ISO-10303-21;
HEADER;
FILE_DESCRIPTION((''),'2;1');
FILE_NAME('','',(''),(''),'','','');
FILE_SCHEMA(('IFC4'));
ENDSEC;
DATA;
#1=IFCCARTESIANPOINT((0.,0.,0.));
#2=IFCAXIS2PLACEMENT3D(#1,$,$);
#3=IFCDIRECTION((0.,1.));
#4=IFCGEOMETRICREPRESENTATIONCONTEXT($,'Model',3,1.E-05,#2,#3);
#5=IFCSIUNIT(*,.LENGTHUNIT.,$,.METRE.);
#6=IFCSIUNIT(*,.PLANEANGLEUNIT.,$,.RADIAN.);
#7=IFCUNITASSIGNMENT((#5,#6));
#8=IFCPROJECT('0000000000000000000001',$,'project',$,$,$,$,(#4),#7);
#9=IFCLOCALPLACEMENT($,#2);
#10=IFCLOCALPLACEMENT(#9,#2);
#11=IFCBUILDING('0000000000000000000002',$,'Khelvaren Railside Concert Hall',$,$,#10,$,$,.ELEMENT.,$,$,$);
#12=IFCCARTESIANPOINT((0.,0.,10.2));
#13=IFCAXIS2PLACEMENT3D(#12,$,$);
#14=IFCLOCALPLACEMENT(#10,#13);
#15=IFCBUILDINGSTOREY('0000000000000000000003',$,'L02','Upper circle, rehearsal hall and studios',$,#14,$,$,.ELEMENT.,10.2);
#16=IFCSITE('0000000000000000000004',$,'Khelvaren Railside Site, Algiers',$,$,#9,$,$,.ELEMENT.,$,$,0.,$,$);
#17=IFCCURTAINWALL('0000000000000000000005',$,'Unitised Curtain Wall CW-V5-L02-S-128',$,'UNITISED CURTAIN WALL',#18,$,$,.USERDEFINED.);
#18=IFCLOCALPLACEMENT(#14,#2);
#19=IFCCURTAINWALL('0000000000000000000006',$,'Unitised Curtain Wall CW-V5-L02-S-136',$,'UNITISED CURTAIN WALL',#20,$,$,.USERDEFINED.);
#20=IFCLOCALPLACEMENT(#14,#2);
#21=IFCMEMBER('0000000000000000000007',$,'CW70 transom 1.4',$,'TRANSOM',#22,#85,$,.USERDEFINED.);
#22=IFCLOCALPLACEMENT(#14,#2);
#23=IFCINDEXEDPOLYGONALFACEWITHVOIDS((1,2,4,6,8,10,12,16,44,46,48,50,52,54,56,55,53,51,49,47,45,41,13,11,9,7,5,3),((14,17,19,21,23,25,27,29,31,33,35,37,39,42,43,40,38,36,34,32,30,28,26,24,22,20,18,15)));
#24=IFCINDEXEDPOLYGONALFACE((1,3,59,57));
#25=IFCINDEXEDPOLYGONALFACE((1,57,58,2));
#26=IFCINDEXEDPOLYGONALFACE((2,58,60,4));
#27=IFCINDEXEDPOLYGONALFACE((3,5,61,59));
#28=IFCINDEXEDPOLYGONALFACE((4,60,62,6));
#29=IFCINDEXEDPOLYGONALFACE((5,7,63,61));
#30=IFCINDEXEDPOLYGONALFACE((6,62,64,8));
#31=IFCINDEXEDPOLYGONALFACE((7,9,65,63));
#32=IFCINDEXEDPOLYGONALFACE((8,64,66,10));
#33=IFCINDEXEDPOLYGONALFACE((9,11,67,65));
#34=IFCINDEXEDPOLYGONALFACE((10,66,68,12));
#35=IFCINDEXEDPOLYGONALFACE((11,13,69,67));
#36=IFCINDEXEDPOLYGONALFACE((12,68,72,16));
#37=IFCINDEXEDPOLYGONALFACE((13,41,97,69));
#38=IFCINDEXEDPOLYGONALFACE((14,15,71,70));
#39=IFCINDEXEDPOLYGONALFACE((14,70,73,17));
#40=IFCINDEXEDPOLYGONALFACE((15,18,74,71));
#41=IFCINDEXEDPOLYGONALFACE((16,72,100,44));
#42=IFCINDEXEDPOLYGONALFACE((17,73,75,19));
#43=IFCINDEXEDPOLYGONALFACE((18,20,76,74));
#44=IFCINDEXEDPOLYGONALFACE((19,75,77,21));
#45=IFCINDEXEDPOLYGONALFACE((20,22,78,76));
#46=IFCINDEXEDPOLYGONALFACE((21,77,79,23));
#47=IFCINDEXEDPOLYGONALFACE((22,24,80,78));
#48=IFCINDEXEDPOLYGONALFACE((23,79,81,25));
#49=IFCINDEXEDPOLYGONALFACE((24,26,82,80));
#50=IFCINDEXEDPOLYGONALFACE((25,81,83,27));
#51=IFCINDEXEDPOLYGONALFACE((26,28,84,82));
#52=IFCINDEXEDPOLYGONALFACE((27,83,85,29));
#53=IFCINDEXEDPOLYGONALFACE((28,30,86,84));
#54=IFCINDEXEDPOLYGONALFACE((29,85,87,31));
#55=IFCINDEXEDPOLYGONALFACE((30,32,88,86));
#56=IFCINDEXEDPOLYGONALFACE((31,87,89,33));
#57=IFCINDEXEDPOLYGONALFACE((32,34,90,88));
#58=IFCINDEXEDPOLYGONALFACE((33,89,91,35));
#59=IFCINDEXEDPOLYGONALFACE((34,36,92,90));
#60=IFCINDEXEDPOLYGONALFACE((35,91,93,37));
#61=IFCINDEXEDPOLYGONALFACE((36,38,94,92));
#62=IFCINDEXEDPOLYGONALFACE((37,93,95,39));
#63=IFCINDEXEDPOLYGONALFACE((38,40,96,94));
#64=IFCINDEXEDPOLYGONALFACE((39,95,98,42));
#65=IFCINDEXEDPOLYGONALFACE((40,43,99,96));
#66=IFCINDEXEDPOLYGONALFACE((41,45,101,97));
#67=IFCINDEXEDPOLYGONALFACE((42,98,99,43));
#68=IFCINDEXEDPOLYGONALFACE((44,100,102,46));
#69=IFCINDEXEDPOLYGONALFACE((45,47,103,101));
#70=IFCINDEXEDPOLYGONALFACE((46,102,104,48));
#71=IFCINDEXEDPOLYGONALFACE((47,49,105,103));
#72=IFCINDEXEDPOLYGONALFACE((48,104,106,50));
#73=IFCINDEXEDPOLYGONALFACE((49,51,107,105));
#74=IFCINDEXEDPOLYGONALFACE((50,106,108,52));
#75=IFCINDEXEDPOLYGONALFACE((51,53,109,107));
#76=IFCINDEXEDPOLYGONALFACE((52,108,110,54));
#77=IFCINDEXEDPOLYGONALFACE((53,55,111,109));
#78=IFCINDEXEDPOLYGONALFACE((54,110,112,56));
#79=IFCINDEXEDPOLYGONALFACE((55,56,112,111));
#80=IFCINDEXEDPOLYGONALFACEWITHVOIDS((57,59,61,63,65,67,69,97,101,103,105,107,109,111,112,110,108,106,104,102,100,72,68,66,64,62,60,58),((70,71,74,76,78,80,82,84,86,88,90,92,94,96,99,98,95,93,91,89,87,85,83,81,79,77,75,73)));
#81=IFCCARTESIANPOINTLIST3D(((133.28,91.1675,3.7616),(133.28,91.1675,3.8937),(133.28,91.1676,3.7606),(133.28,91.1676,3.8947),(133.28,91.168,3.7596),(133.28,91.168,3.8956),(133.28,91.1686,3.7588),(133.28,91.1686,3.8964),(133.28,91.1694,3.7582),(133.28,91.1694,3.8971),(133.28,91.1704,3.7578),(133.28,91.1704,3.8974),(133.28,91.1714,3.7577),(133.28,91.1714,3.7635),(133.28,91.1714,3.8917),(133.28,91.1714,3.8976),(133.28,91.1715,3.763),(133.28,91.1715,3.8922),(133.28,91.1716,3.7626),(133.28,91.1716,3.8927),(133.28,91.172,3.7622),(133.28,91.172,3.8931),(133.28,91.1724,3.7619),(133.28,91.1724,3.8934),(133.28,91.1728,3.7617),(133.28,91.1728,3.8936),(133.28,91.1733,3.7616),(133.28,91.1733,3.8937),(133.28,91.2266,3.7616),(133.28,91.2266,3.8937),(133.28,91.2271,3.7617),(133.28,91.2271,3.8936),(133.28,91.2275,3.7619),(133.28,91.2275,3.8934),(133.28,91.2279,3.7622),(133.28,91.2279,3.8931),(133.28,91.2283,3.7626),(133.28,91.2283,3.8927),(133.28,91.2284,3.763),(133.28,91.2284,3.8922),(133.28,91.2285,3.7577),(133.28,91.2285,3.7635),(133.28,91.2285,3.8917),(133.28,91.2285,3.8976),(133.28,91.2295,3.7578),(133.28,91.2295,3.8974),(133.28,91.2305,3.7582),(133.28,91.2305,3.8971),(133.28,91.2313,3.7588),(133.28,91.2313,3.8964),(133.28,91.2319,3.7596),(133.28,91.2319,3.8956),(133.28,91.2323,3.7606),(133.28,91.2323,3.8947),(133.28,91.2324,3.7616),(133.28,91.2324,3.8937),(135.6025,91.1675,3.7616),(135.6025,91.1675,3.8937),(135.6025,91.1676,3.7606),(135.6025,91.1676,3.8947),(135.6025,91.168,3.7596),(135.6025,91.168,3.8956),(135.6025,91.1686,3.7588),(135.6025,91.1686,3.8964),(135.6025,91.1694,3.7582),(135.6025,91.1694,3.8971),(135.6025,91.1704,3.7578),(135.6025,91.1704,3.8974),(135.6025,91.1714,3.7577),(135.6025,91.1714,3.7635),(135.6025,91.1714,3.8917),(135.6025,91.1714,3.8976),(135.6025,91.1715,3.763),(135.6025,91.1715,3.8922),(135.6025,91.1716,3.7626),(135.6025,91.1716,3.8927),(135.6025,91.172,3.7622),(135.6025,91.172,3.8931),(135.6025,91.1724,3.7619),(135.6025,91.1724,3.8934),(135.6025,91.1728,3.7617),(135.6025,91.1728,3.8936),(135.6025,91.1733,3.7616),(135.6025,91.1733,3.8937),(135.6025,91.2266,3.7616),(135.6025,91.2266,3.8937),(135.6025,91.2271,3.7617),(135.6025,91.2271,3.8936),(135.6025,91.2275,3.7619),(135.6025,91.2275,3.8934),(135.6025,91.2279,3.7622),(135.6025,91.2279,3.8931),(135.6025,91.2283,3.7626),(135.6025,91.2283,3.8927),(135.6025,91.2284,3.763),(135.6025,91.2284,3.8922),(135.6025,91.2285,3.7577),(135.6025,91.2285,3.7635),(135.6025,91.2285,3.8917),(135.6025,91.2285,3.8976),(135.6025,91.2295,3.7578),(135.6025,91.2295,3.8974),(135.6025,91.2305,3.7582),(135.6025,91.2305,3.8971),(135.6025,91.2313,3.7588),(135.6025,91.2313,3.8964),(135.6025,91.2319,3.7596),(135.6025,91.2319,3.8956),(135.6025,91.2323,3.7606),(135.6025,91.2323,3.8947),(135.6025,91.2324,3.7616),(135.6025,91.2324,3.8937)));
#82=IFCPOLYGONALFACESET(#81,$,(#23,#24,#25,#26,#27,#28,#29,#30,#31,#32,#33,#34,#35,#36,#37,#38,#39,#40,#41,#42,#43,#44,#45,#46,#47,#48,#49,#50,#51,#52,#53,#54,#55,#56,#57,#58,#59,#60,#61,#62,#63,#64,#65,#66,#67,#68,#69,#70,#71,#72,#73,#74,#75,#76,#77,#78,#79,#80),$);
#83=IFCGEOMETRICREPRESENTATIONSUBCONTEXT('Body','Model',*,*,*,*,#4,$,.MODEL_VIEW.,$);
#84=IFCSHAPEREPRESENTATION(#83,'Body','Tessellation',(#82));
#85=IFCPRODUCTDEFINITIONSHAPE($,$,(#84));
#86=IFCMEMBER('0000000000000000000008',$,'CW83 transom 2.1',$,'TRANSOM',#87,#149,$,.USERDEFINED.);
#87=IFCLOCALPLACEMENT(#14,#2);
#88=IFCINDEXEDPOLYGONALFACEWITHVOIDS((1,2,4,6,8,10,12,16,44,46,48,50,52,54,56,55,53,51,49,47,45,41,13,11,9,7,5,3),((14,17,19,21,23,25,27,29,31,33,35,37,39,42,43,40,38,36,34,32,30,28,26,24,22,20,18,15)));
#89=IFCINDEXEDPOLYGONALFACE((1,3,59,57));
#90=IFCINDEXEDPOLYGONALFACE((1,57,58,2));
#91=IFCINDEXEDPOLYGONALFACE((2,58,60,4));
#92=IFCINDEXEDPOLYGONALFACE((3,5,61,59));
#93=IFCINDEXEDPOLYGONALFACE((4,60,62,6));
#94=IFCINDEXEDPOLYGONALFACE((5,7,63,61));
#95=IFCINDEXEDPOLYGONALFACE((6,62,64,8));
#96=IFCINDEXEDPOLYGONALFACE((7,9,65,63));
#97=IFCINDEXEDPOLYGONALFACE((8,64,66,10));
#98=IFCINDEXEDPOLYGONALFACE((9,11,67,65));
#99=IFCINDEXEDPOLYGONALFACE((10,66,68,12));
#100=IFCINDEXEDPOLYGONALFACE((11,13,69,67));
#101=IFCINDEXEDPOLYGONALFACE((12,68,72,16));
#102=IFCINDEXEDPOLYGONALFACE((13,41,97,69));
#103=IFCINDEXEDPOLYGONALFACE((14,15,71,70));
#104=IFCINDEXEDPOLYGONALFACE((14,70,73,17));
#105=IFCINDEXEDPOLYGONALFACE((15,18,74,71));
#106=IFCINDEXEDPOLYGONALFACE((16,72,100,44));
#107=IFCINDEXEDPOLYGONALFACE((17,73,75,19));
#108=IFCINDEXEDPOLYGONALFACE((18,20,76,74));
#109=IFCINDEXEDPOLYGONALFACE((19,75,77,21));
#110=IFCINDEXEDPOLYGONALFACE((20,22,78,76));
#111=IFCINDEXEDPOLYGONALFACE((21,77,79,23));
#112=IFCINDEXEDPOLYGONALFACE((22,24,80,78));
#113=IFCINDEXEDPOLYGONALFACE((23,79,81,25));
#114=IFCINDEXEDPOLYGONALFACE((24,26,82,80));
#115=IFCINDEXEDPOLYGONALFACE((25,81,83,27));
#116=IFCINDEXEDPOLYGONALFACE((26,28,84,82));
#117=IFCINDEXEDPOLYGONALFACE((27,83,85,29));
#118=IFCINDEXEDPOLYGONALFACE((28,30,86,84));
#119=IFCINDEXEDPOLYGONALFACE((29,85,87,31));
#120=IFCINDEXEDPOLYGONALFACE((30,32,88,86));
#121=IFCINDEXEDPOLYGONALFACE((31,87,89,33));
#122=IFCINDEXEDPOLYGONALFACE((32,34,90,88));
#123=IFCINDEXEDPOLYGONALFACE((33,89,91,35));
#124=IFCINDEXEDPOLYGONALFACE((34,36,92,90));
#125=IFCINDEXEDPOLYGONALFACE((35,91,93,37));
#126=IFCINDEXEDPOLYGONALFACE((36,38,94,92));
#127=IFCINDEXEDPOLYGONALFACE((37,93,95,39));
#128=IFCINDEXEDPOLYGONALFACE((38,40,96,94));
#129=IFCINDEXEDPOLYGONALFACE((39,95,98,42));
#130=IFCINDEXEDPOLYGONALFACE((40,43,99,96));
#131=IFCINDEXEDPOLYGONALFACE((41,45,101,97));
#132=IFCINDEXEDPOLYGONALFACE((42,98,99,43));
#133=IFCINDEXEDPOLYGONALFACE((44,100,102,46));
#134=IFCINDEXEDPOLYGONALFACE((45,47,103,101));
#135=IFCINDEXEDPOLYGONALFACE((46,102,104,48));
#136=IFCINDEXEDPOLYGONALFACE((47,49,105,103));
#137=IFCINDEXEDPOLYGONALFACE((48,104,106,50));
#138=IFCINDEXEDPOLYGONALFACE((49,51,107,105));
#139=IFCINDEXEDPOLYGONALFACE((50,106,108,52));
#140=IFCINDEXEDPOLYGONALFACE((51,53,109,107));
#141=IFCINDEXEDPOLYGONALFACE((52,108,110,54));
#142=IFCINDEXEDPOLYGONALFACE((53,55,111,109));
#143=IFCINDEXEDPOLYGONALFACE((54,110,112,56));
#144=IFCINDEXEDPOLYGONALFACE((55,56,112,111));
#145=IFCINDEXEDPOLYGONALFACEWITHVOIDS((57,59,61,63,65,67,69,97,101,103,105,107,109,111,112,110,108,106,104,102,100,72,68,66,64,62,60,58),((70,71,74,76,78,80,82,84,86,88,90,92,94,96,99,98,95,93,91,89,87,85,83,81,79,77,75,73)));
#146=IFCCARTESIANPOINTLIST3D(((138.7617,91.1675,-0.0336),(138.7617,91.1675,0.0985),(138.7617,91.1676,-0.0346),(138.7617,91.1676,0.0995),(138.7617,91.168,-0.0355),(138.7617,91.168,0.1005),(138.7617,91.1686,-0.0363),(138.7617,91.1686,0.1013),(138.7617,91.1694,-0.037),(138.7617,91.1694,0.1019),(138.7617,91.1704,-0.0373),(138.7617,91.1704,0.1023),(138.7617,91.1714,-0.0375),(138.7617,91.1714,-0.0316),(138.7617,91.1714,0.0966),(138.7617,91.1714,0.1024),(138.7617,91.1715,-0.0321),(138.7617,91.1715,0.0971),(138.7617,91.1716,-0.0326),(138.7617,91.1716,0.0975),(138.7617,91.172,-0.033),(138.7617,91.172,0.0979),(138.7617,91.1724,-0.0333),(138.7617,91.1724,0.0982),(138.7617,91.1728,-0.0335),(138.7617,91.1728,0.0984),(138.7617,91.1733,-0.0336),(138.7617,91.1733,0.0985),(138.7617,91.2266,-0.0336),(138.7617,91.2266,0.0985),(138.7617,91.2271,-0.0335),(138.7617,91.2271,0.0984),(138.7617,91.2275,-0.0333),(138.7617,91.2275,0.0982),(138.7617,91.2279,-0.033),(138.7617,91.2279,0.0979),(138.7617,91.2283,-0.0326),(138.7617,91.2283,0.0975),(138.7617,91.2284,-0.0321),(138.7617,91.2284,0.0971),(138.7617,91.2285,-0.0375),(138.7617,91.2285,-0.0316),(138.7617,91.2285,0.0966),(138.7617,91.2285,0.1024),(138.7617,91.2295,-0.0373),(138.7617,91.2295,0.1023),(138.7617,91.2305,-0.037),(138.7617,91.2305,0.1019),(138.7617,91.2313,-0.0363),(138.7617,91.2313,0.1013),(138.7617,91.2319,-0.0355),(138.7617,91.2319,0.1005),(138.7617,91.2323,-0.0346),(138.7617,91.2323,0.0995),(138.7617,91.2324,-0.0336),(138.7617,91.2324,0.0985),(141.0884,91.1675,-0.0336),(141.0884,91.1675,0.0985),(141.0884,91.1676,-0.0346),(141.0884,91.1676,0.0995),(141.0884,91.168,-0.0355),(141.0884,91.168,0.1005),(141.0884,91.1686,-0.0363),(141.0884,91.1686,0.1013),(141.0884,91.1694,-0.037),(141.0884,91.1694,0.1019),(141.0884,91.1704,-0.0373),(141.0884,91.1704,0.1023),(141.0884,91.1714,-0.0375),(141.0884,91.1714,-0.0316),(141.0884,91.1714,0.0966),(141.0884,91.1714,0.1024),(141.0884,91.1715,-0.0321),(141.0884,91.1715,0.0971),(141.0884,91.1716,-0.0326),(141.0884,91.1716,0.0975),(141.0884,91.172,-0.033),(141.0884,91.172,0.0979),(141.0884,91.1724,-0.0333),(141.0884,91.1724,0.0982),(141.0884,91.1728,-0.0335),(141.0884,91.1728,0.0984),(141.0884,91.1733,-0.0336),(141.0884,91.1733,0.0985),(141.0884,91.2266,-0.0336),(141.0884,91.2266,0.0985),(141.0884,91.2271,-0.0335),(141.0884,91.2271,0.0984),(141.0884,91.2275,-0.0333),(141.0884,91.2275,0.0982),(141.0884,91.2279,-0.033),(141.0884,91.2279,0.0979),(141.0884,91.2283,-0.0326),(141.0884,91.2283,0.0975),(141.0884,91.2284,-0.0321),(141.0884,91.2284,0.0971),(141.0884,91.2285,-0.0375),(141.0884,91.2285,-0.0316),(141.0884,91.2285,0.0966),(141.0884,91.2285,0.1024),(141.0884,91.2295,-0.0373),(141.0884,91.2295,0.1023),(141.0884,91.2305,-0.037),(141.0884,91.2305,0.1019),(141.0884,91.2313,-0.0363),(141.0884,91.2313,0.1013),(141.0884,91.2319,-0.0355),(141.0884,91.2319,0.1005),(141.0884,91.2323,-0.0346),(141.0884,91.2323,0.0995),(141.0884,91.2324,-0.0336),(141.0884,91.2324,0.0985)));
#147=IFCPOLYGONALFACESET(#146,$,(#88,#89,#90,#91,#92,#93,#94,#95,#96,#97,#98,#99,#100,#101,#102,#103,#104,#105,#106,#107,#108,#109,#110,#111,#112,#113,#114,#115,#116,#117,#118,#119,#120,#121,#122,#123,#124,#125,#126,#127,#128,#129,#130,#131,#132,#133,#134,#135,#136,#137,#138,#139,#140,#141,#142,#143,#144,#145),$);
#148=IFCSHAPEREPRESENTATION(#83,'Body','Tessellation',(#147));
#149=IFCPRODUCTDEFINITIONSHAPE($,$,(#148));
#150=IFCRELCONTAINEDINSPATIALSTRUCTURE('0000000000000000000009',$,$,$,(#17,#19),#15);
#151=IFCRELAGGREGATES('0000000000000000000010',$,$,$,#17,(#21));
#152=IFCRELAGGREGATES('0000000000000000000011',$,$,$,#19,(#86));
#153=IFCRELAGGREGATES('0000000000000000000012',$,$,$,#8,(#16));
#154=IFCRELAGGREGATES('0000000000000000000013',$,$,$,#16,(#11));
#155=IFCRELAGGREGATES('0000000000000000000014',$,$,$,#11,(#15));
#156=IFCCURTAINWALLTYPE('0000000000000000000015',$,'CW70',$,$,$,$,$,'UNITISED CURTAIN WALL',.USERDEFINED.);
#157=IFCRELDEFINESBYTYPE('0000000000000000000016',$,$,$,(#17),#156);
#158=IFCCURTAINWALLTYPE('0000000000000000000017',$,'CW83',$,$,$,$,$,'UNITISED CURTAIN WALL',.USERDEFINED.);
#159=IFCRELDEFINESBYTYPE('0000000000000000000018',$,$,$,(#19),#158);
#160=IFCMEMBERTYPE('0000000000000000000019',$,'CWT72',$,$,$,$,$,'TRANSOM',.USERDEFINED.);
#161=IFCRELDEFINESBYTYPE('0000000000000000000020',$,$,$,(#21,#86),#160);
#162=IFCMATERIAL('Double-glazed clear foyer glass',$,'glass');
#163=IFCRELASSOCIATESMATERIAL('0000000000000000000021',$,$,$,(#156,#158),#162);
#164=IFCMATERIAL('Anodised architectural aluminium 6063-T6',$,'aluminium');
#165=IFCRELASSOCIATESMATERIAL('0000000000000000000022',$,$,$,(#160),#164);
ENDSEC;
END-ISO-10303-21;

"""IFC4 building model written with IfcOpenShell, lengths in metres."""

from ifc_helpers import new_model, si_unit, direction, frame, origin, origin_2d, place, context, subcontext, project, spatial, hollow_rectangle, extrude, material, material_profile, profile_set, type_object, element, aggregate, save


model = new_model("IFC4")

# Units and contexts
model_context = context("Model", 3, precision=1e-05, world=origin(), true_north=direction((0.0, 1.0)))
body_context = subcontext(model_context, "Body", "Model", "MODEL_VIEW")
ifc_project = project(units=[si_unit("LENGTHUNIT", "METRE"), si_unit("PLANEANGLEUNIT", "RADIAN")], contexts=[model_context])

# Site, building, storey
site_placement = place(None, origin())
site = spatial("IfcSite", under=ifc_project, at=site_placement, Name="Khelvaren Railside Site, Algiers", CompositionType="ELEMENT", RefElevation=0.0)
building_placement = place(site_placement, origin())
building = spatial("IfcBuilding", under=site, at=building_placement, Name="Khelvaren Railside Concert Hall", CompositionType="ELEMENT")
storey_placement = place(building_placement, frame((0.0, 0.0, 10.2)))
storey = spatial("IfcBuildingStorey", under=building, at=storey_placement, Name="L02", Description="Upper circle, rehearsal hall and studios", CompositionType="ELEMENT", Elevation=10.2)

# Curtain wall
ifc_material_1 = material(Name="Double-glazed clear foyer glass", Category="glass")
curtain_wall_type_1 = type_object("IfcCurtainWallType", Name="CW70", ElementType="UNITISED CURTAIN WALL", PredefinedType="USERDEFINED", material=ifc_material_1)
curtain_wall_1_placement = place(storey_placement, origin())
curtain_wall_1 = element("IfcCurtainWall", 1, at=curtain_wall_1_placement, inside=storey, type_object=curtain_wall_type_1, Name="Unitised Curtain Wall CW-V5-L02-S-128", ObjectType="UNITISED CURTAIN WALL", PredefinedType="USERDEFINED")
ifc_material_2 = material(Name="Anodised architectural aluminium 6063-T6", Category="aluminium")

# Curtain wall
curtain_wall_type_2 = type_object("IfcCurtainWallType", Name="CW83", ElementType="UNITISED CURTAIN WALL", PredefinedType="USERDEFINED", material=ifc_material_1)
curtain_wall_2_placement = place(storey_placement, origin())
curtain_wall_2 = element("IfcCurtainWall", 2, at=curtain_wall_2_placement, inside=storey, type_object=curtain_wall_type_2, Name="Unitised Curtain Wall CW-V5-L02-S-136", ObjectType="UNITISED CURTAIN WALL", PredefinedType="USERDEFINED")

# Members
ifc_material_profile_1 = material_profile(ifc_material_2, hollow_rectangle(XDim=0.0649, YDim=0.1399, WallThickness=0.0039, InnerFilletRadius=0.002, OuterFilletRadius=0.0039, at=origin_2d()), Name="CWT 65x140x4")
ifc_profile_set_1 = profile_set([ifc_material_profile_1], Name="Anodised architectural aluminium 6063-T6")
member_type_1 = type_object("IfcMemberType", Name="CWT72", ElementType="TRANSOM", PredefinedType="USERDEFINED", material=ifc_profile_set_1)
member_1_placement = place(storey_placement, frame((135.6025, 91.2, 3.8276), z_axis=(-1.0, 0.0, 0.0), x_axis=(0.0, -1.0, 0.0)))
member_1 = element("IfcMember", 3, at=member_1_placement, type_object=member_type_1, Name="CW70 transom 1.4", ObjectType="TRANSOM", PredefinedType="USERDEFINED", context=body_context, shape_type="SweptSolid", body=[
    extrude(hollow_rectangle(XDim=0.0649, YDim=0.1399, WallThickness=0.0039, InnerFilletRadius=0.002, OuterFilletRadius=0.0039, at=origin_2d()), origin(), (0.0, 0.0, 1.0), 2.3225),
])
member_2_placement = place(storey_placement, frame((141.0884, 91.2, 0.0325), z_axis=(-1.0, 0.0, 0.0), x_axis=(0.0, -1.0, 0.0)))
member_2 = element("IfcMember", 4, at=member_2_placement, type_object=member_type_1, Name="CW83 transom 2.1", ObjectType="TRANSOM", PredefinedType="USERDEFINED", context=body_context, shape_type="SweptSolid", body=[
    extrude(hollow_rectangle(XDim=0.0649, YDim=0.1399, WallThickness=0.0039, InnerFilletRadius=0.002, OuterFilletRadius=0.0039, at=origin_2d()), origin(), (0.0, 0.0, 1.0), 2.3267),
])

aggregate(curtain_wall_1, [member_1])
aggregate(curtain_wall_2, [member_2])

save(model, "model.ifc")
